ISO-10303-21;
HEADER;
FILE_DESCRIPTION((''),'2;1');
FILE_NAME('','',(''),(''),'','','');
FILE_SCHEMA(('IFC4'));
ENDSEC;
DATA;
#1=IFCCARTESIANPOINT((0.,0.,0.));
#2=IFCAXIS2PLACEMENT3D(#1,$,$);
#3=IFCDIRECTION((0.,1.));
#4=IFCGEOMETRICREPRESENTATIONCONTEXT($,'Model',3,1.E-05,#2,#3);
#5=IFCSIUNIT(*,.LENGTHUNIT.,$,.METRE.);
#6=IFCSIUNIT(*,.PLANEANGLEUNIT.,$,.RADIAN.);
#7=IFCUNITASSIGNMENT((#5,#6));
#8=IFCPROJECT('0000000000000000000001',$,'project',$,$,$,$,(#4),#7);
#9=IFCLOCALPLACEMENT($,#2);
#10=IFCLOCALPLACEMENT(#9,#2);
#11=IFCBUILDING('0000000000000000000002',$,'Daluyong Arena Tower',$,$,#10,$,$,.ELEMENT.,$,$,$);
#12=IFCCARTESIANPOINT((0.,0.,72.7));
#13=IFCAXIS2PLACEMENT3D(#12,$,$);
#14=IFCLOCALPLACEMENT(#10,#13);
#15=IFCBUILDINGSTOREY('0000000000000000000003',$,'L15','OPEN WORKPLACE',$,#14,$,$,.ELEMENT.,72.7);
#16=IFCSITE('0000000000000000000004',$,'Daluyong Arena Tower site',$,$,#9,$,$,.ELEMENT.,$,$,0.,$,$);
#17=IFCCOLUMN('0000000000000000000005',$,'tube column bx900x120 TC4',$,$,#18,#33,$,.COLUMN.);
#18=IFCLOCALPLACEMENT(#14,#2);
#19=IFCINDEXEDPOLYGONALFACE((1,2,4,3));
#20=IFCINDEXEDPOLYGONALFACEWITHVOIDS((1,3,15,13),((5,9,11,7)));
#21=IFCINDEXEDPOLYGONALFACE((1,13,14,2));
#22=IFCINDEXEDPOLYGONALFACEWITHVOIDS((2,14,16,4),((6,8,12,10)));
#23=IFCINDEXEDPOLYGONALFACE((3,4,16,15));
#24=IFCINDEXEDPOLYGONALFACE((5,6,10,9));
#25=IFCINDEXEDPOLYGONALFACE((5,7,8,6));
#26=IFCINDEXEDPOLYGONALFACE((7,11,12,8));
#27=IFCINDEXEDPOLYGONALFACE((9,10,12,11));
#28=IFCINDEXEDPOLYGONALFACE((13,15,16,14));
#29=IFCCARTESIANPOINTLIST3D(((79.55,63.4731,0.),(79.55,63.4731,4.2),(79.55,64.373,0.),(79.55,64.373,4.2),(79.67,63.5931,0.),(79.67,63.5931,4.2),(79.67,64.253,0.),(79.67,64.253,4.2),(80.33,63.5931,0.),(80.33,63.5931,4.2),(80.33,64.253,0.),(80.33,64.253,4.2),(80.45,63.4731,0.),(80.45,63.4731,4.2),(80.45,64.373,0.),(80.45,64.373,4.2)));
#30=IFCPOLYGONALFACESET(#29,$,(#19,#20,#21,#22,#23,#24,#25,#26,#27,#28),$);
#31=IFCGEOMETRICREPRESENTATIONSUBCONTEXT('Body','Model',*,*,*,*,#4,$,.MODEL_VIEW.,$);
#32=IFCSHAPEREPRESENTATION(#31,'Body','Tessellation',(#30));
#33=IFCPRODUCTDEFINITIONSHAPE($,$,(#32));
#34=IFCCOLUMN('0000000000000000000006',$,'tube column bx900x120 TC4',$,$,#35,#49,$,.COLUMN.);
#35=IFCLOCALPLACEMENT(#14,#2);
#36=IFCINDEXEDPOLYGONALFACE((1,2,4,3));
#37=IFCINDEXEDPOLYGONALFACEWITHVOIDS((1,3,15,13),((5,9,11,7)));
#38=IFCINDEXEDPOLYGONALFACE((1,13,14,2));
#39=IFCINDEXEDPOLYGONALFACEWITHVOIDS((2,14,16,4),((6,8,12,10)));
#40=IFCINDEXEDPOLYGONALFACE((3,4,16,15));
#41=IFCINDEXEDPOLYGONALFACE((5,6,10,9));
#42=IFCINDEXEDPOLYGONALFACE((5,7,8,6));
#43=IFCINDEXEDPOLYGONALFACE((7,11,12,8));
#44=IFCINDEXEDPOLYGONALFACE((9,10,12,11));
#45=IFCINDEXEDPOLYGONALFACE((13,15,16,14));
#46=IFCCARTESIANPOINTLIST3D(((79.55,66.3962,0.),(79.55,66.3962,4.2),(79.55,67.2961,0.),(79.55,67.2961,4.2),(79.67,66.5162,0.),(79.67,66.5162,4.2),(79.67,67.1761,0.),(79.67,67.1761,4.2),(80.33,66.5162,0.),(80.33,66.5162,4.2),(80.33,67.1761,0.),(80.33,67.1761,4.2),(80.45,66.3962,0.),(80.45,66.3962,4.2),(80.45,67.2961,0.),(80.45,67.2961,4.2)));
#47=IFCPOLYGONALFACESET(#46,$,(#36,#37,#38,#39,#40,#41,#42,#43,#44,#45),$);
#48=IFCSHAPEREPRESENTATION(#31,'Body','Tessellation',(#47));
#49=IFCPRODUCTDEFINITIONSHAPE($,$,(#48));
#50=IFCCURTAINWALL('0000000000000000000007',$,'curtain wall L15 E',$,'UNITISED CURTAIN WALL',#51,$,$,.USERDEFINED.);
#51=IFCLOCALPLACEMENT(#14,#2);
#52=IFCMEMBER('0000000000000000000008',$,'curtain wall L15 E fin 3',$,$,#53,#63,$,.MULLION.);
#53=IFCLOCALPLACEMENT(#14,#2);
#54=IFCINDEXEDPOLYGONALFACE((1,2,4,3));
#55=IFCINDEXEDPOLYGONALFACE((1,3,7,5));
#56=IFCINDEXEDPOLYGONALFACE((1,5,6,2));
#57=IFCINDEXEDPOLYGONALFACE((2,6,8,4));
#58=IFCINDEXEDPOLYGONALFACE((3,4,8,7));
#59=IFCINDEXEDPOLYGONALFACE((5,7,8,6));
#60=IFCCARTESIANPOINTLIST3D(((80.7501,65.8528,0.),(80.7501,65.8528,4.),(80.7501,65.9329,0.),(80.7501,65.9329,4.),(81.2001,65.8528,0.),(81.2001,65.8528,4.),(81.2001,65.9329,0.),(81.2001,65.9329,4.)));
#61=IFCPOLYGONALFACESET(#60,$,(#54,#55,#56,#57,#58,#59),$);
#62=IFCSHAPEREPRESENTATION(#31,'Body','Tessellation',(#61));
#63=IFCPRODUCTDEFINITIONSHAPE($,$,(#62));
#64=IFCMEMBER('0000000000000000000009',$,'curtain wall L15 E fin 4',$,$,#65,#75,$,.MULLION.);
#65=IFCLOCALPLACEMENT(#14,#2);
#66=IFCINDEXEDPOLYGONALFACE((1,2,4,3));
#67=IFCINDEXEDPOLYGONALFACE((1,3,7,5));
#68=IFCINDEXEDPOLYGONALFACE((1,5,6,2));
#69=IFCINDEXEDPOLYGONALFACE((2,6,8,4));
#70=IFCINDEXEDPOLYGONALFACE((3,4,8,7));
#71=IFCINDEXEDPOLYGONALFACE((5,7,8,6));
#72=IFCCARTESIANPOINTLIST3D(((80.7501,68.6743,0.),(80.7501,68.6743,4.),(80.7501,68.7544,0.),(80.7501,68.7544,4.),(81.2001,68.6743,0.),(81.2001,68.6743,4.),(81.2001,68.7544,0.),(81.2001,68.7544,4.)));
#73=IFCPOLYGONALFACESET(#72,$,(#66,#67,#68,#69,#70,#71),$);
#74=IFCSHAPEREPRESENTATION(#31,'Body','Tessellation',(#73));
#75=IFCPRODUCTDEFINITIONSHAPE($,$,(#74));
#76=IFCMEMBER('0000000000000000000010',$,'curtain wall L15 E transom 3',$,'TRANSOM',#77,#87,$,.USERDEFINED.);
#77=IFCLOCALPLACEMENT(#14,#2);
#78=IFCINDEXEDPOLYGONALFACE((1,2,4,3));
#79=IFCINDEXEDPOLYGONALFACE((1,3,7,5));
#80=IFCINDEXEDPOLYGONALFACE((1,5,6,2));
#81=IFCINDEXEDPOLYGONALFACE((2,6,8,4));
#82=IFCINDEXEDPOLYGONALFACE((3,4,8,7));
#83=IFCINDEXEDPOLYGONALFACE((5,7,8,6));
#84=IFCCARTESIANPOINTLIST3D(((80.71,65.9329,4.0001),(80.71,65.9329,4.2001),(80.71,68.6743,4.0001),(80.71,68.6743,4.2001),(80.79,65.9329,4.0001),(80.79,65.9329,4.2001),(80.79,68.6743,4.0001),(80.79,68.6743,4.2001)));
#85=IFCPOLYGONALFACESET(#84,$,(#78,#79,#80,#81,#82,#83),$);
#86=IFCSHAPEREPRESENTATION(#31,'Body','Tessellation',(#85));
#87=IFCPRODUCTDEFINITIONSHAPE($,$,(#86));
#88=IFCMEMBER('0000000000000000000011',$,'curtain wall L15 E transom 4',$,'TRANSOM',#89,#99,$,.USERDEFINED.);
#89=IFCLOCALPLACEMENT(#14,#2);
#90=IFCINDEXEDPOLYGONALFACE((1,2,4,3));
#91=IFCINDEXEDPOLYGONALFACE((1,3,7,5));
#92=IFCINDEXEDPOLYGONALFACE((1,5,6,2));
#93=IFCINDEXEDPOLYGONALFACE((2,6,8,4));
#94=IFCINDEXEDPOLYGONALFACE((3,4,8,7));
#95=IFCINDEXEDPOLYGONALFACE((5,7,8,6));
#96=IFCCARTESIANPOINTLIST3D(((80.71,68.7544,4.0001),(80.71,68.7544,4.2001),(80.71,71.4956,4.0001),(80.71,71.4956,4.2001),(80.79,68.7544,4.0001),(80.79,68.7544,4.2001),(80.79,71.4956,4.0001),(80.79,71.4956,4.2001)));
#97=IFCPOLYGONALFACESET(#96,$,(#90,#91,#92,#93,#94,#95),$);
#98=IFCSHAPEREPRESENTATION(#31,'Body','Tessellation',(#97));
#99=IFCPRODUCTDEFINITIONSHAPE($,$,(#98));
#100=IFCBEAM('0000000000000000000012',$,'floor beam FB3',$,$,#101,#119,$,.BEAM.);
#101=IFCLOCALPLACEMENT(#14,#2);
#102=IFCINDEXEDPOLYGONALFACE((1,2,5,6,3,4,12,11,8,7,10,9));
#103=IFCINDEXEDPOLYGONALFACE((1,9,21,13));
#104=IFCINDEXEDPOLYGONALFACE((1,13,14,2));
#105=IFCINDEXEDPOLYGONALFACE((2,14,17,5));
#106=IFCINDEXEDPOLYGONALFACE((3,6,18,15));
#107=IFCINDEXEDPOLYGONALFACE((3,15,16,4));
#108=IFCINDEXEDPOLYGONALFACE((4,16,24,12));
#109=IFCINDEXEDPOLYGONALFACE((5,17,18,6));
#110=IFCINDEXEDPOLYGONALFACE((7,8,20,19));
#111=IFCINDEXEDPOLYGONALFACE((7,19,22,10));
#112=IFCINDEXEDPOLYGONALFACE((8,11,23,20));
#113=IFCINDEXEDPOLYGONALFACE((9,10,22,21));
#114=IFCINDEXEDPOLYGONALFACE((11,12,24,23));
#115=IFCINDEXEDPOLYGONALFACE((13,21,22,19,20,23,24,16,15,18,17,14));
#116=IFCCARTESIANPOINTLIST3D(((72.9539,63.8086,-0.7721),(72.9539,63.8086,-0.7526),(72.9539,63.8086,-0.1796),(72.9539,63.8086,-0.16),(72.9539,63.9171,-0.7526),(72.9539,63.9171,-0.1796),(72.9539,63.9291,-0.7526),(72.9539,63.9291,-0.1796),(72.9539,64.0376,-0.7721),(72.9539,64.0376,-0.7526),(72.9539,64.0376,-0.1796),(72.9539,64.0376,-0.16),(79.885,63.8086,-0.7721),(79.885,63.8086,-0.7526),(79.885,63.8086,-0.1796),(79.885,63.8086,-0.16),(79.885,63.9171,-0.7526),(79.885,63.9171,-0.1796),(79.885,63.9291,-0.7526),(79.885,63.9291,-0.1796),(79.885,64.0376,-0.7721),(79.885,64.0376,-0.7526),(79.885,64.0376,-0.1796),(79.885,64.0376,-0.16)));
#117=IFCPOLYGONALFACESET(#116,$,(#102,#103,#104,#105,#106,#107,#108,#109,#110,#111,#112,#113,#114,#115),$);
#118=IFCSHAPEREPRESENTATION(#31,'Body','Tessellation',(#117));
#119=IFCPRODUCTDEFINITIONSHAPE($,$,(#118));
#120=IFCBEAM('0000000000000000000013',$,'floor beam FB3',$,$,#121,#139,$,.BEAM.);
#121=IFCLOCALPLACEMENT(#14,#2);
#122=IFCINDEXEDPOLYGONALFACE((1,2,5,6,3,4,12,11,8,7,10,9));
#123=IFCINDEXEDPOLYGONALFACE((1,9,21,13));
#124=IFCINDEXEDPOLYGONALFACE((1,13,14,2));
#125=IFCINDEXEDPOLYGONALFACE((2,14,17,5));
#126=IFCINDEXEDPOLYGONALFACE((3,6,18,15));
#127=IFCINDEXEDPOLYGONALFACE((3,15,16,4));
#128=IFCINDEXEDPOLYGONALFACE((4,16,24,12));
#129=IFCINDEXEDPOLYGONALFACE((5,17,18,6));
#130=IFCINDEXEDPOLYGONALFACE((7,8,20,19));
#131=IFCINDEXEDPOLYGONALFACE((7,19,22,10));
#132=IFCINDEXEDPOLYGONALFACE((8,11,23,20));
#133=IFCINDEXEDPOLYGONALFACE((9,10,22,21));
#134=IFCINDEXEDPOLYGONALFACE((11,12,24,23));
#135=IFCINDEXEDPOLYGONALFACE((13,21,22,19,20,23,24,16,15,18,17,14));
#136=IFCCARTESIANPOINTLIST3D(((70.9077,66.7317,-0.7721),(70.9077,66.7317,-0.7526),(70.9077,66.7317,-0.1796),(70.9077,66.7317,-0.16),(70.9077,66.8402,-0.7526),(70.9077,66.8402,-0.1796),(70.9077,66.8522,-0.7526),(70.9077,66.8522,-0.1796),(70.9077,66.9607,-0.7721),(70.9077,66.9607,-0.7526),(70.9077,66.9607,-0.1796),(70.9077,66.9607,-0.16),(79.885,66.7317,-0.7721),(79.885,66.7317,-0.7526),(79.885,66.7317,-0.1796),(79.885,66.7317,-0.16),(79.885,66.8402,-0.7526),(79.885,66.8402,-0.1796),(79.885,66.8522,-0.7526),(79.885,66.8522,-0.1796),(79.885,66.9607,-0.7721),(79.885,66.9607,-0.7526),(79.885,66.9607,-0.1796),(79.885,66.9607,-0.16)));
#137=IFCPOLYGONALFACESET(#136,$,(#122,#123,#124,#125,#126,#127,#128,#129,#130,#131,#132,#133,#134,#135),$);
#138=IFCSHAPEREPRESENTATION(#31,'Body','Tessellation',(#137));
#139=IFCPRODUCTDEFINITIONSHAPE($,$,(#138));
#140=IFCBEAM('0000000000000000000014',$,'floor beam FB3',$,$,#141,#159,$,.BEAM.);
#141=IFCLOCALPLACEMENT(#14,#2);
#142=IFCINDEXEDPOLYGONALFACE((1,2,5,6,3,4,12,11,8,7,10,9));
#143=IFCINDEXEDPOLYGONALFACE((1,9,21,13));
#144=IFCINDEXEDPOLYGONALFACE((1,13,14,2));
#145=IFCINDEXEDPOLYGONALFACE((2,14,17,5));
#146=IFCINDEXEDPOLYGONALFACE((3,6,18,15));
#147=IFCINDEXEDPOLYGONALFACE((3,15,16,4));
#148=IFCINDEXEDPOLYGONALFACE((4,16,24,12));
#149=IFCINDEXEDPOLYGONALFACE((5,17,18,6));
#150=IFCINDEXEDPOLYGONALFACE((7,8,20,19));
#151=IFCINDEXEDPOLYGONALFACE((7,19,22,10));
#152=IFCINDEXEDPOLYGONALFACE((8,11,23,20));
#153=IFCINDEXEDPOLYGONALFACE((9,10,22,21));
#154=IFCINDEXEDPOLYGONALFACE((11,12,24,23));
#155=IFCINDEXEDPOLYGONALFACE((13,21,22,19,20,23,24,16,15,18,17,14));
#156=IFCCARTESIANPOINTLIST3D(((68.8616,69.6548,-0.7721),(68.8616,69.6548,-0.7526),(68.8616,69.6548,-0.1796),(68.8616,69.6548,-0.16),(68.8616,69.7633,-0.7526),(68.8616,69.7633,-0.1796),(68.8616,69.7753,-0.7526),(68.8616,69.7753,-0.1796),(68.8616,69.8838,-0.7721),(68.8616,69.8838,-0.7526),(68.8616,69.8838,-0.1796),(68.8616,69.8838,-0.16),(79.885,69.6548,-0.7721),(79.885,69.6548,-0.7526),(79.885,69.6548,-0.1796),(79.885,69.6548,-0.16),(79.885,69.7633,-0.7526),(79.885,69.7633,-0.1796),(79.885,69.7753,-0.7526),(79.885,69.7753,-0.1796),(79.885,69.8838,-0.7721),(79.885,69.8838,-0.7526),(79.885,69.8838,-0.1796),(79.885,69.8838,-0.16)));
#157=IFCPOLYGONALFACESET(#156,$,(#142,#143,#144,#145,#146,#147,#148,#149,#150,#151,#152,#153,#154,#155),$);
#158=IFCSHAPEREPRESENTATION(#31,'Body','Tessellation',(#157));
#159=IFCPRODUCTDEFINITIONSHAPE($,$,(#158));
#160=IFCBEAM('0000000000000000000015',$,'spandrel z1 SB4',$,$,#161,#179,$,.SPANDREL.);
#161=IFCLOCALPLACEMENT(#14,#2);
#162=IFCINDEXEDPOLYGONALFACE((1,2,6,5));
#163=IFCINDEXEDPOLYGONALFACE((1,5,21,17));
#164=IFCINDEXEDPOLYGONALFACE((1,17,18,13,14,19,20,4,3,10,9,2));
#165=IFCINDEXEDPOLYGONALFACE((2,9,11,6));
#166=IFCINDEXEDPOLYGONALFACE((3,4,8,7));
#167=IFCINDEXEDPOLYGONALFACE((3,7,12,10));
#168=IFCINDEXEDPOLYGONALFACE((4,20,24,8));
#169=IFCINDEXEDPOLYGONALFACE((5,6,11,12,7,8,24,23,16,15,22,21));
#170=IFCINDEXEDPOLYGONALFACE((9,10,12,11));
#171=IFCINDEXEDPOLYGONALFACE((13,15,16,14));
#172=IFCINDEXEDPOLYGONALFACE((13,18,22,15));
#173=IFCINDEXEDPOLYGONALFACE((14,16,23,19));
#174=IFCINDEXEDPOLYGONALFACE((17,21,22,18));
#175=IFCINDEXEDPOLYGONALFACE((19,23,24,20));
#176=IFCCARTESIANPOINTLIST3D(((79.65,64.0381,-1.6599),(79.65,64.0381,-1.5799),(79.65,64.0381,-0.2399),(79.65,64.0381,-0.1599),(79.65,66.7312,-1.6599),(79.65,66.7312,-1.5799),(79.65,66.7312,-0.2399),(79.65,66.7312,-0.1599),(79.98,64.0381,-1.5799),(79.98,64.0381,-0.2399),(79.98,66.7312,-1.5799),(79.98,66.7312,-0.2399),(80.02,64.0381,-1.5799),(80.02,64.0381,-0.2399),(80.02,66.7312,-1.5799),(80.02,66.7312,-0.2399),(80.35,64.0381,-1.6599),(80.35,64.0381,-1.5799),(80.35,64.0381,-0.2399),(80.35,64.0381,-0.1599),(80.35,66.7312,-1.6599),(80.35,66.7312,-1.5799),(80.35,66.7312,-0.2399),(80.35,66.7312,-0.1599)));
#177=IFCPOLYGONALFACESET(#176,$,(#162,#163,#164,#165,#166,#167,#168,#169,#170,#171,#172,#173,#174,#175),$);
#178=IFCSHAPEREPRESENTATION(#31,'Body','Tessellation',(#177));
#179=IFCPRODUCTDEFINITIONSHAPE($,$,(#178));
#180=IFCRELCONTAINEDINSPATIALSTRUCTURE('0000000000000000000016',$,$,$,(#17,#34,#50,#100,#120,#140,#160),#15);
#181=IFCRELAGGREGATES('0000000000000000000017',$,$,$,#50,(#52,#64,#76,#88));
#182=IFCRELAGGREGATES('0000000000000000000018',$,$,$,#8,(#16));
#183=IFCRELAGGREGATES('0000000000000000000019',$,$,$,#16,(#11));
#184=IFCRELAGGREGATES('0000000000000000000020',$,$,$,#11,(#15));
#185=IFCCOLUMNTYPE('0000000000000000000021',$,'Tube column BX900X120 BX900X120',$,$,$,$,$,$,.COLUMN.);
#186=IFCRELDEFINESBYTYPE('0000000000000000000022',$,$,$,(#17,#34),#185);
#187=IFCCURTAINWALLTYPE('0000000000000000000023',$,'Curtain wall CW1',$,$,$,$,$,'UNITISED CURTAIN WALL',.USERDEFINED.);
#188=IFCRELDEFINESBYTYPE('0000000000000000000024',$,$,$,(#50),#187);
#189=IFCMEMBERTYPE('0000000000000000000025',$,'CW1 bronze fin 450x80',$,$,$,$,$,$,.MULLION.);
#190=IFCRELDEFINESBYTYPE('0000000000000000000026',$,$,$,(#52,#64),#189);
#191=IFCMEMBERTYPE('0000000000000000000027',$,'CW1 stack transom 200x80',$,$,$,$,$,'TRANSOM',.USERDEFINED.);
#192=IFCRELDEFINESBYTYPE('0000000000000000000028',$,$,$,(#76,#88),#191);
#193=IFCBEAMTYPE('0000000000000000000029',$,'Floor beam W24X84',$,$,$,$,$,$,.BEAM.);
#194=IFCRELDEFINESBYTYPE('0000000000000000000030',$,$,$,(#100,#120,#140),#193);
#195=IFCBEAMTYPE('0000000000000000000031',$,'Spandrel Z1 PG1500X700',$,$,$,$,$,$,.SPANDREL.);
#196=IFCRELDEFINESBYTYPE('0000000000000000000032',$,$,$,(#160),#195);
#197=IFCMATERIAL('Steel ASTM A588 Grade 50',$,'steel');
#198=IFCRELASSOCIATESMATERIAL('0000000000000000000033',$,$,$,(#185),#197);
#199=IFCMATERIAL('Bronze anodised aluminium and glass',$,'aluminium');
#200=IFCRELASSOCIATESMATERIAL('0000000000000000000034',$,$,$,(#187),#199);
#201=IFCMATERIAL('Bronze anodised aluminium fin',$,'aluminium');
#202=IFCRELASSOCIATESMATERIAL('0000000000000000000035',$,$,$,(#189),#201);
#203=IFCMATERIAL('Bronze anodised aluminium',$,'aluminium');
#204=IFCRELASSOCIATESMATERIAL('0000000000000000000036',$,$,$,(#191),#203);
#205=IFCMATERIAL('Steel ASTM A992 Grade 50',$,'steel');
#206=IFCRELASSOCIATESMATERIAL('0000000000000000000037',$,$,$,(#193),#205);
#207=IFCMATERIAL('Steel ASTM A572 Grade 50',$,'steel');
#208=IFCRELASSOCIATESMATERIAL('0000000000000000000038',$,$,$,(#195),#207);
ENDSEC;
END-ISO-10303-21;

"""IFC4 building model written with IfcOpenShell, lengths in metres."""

from ifc_helpers import new_model, si_unit, direction, frame, origin, origin_2d, place, context, subcontext, project, spatial, rectangle, hollow_rectangle, i_section, extrude, material, material_profile, profile_set, type_object, element, aggregate, save


model = new_model("IFC4")

# Units and contexts
model_context = context("Model", 3, precision=1e-05, world=origin(), true_north=direction((0.0, 1.0)))
body_context = subcontext(model_context, "Body", "Model", "MODEL_VIEW")
ifc_project = project(units=[si_unit("LENGTHUNIT", "METRE"), si_unit("PLANEANGLEUNIT", "RADIAN")], contexts=[model_context])

# Site, building, storey
site_placement = place(None, origin())
site = spatial("IfcSite", under=ifc_project, at=site_placement, Name="Daluyong Arena Tower site", CompositionType="ELEMENT", RefElevation=0.0)
building_placement = place(site_placement, origin())
building = spatial("IfcBuilding", under=site, at=building_placement, Name="Daluyong Arena Tower", CompositionType="ELEMENT")
storey_placement = place(building_placement, frame((0.0, 0.0, 72.7)))
storey = spatial("IfcBuildingStorey", under=building, at=storey_placement, Name="L15", Description="OPEN WORKPLACE", CompositionType="ELEMENT", Elevation=72.7)

# Columns
ifc_material_1 = material(Name="Steel ASTM A588 Grade 50", Category="steel")
ifc_material_profile_1 = material_profile(ifc_material_1, hollow_rectangle(XDim=0.8999, YDim=0.8999, WallThickness=0.12, at=origin_2d()))
ifc_profile_set_1 = profile_set([ifc_material_profile_1], Name="Steel ASTM A588 Grade 50")
column_type = type_object("IfcColumnType", Name="Tube column BX900X120 BX900X120", PredefinedType="COLUMN", material=ifc_profile_set_1)
for number, where, z_axis, x_axis, name in (
    (1, (80.0, 63.9231, 0.0), (0.0, 0.0, 1.0), (0.0, 1.0, 0.0), "tube column bx900x120 TC4"),
    (2, (80.0, 66.8462, 0.0), (0.0, 0.0, 1.0), (0.0, 1.0, 0.0), "tube column bx900x120 TC4"),
):
    element("IfcColumn", number, at=place(storey_placement, frame(where, z_axis=z_axis, x_axis=x_axis)), inside=storey, type_object=column_type, Name=name, PredefinedType="COLUMN", context=body_context, shape_type="SweptSolid", body=[
        extrude(hollow_rectangle(XDim=0.8999, YDim=0.8999, WallThickness=0.12, at=origin_2d()), origin(), (0.0, 0.0, 1.0), 4.2),
    ])

# Curtain wall, members
ifc_material_2 = material(Name="Bronze anodised aluminium and glass", Category="aluminium")
curtain_wall_type = type_object("IfcCurtainWallType", Name="Curtain wall CW1", ElementType="UNITISED CURTAIN WALL", PredefinedType="USERDEFINED", material=ifc_material_2)
curtain_wall_placement = place(storey_placement, origin())
curtain_wall = element("IfcCurtainWall", 3, at=curtain_wall_placement, inside=storey, type_object=curtain_wall_type, Name="curtain wall L15 E", ObjectType="UNITISED CURTAIN WALL", PredefinedType="USERDEFINED")
ifc_material_3 = material(Name="Bronze anodised aluminium fin", Category="aluminium")
ifc_material_profile_2 = material_profile(ifc_material_3, rectangle(XDim=0.45, YDim=0.0801, at=origin_2d()))
ifc_profile_set_2 = profile_set([ifc_material_profile_2], Name="Bronze anodised aluminium fin")
member_type_1 = type_object("IfcMemberType", Name="CW1 bronze fin 450x80", PredefinedType="MULLION", material=ifc_profile_set_2)
member_1_placement = place(storey_placement, frame((80.9751, 65.8928, 0.0), z_axis=(0.0, 0.0, 1.0), x_axis=(-1.0, 0.0, 0.0)))
member_1 = element("IfcMember", 4, at=member_1_placement, type_object=member_type_1, Name="curtain wall L15 E fin 3", PredefinedType="MULLION", context=body_context, shape_type="SweptSolid", body=[
    extrude(rectangle(XDim=0.45, YDim=0.0801, at=origin_2d()), origin(), (0.0, 0.0, 1.0), 4.0),
])
member_2_placement = place(storey_placement, frame((80.9751, 68.7144, 0.0), z_axis=(0.0, 0.0, 1.0), x_axis=(-1.0, 0.0, 0.0)))
member_2 = element("IfcMember", 5, at=member_2_placement, type_object=member_type_1, Name="curtain wall L15 E fin 4", PredefinedType="MULLION", context=body_context, shape_type="SweptSolid", body=[
    extrude(rectangle(XDim=0.45, YDim=0.0801, at=origin_2d()), origin(), (0.0, 0.0, 1.0), 4.0),
])
ifc_material_4 = material(Name="Bronze anodised aluminium", Category="aluminium")
ifc_material_profile_3 = material_profile(ifc_material_4, rectangle(XDim=0.0801, YDim=0.2, at=origin_2d()))
ifc_profile_set_3 = profile_set([ifc_material_profile_3], Name="Bronze anodised aluminium")
member_type_2 = type_object("IfcMemberType", Name="CW1 stack transom 200x80", ElementType="TRANSOM", PredefinedType="USERDEFINED", material=ifc_profile_set_3)
member_3_placement = place(storey_placement, frame((80.75, 65.9329, 4.1001), z_axis=(0.0, 1.0, 0.0), x_axis=(-1.0, 0.0, 0.0)))
member_3 = element("IfcMember", 6, at=member_3_placement, type_object=member_type_2, Name="curtain wall L15 E transom 3", ObjectType="TRANSOM", PredefinedType="USERDEFINED", context=body_context, shape_type="SweptSolid", body=[
    extrude(rectangle(XDim=0.0801, YDim=0.2, at=origin_2d()), origin(), (0.0, 0.0, 1.0), 2.7415),
])
member_4_placement = place(storey_placement, frame((80.75, 68.7544, 4.1001), z_axis=(0.0, 1.0, 0.0), x_axis=(-1.0, 0.0, 0.0)))
member_4 = element("IfcMember", 7, at=member_4_placement, type_object=member_type_2, Name="curtain wall L15 E transom 4", ObjectType="TRANSOM", PredefinedType="USERDEFINED", context=body_context, shape_type="SweptSolid", body=[
    extrude(rectangle(XDim=0.0801, YDim=0.2, at=origin_2d()), origin(), (0.0, 0.0, 1.0), 2.7412),
])

# Beams
ifc_material_5 = material(Name="Steel ASTM A992 Grade 50", Category="steel")
ifc_material_profile_4 = material_profile(ifc_material_5, i_section(OverallWidth=0.229, OverallDepth=0.6121, WebThickness=0.012, FlangeThickness=0.0195, at=origin_2d()))
ifc_profile_set_4 = profile_set([ifc_material_profile_4], Name="Steel ASTM A992 Grade 50")
beam_type_1 = type_object("IfcBeamType", Name="Floor beam W24X84", PredefinedType="BEAM", material=ifc_profile_set_4)
beam_1_placement = place(storey_placement, frame((79.885, 63.9231, -0.4661), z_axis=(-1.0, 0.0, 0.0), x_axis=(0.0, -1.0, 0.0)))
element("IfcBeam", 8, at=beam_1_placement, inside=storey, type_object=beam_type_1, Name="floor beam FB3", PredefinedType="BEAM", context=body_context, shape_type="SweptSolid", body=[
    extrude(i_section(OverallWidth=0.229, OverallDepth=0.6121, WebThickness=0.012, FlangeThickness=0.0195, at=origin_2d()), origin(), (0.0, 0.0, 1.0), 6.9312),
])
beam_2_placement = place(storey_placement, frame((79.885, 66.8462, -0.4661), z_axis=(-1.0, 0.0, 0.0), x_axis=(0.0, -1.0, 0.0)))
element("IfcBeam", 9, at=beam_2_placement, inside=storey, type_object=beam_type_1, Name="floor beam FB3", PredefinedType="BEAM", context=body_context, shape_type="SweptSolid", body=[
    extrude(i_section(OverallWidth=0.229, OverallDepth=0.6121, WebThickness=0.012, FlangeThickness=0.0195, at=origin_2d()), origin(), (0.0, 0.0, 1.0), 8.9773),
])
beam_3_placement = place(storey_placement, frame((79.885, 69.7693, -0.4661), z_axis=(-1.0, 0.0, 0.0), x_axis=(0.0, -1.0, 0.0)))
element("IfcBeam", 10, at=beam_3_placement, inside=storey, type_object=beam_type_1, Name="floor beam FB3", PredefinedType="BEAM", context=body_context, shape_type="SweptSolid", body=[
    extrude(i_section(OverallWidth=0.229, OverallDepth=0.6121, WebThickness=0.012, FlangeThickness=0.0195, at=origin_2d()), origin(), (0.0, 0.0, 1.0), 11.0234),
])
ifc_material_6 = material(Name="Steel ASTM A572 Grade 50", Category="steel")
ifc_material_profile_5 = material_profile(ifc_material_6, i_section(OverallWidth=0.7, OverallDepth=1.5, WebThickness=0.04, FlangeThickness=0.08, at=origin_2d()))
ifc_profile_set_5 = profile_set([ifc_material_profile_5], Name="Steel ASTM A572 Grade 50")
beam_type_2 = type_object("IfcBeamType", Name="Spandrel Z1 PG1500X700", PredefinedType="SPANDREL", material=ifc_profile_set_5)
for number, where, z_axis, x_axis, name in (
    (11, (80.0, 64.0381, -0.9099), (0.0, 1.0, 0.0), (-1.0, 0.0, 0.0), "spandrel z1 SB4"),
):
    element("IfcBeam", number, at=place(storey_placement, frame(where, z_axis=z_axis, x_axis=x_axis)), inside=storey, type_object=beam_type_2, Name=name, PredefinedType="SPANDREL", context=body_context, shape_type="SweptSolid", body=[
        extrude(i_section(OverallWidth=0.7, OverallDepth=1.5, WebThickness=0.04, FlangeThickness=0.08, at=origin_2d()), origin(), (0.0, 0.0, 1.0), 2.6931),
    ])

aggregate(curtain_wall, [member_1, member_2, member_3, member_4])

save(model, "model.ifc")
